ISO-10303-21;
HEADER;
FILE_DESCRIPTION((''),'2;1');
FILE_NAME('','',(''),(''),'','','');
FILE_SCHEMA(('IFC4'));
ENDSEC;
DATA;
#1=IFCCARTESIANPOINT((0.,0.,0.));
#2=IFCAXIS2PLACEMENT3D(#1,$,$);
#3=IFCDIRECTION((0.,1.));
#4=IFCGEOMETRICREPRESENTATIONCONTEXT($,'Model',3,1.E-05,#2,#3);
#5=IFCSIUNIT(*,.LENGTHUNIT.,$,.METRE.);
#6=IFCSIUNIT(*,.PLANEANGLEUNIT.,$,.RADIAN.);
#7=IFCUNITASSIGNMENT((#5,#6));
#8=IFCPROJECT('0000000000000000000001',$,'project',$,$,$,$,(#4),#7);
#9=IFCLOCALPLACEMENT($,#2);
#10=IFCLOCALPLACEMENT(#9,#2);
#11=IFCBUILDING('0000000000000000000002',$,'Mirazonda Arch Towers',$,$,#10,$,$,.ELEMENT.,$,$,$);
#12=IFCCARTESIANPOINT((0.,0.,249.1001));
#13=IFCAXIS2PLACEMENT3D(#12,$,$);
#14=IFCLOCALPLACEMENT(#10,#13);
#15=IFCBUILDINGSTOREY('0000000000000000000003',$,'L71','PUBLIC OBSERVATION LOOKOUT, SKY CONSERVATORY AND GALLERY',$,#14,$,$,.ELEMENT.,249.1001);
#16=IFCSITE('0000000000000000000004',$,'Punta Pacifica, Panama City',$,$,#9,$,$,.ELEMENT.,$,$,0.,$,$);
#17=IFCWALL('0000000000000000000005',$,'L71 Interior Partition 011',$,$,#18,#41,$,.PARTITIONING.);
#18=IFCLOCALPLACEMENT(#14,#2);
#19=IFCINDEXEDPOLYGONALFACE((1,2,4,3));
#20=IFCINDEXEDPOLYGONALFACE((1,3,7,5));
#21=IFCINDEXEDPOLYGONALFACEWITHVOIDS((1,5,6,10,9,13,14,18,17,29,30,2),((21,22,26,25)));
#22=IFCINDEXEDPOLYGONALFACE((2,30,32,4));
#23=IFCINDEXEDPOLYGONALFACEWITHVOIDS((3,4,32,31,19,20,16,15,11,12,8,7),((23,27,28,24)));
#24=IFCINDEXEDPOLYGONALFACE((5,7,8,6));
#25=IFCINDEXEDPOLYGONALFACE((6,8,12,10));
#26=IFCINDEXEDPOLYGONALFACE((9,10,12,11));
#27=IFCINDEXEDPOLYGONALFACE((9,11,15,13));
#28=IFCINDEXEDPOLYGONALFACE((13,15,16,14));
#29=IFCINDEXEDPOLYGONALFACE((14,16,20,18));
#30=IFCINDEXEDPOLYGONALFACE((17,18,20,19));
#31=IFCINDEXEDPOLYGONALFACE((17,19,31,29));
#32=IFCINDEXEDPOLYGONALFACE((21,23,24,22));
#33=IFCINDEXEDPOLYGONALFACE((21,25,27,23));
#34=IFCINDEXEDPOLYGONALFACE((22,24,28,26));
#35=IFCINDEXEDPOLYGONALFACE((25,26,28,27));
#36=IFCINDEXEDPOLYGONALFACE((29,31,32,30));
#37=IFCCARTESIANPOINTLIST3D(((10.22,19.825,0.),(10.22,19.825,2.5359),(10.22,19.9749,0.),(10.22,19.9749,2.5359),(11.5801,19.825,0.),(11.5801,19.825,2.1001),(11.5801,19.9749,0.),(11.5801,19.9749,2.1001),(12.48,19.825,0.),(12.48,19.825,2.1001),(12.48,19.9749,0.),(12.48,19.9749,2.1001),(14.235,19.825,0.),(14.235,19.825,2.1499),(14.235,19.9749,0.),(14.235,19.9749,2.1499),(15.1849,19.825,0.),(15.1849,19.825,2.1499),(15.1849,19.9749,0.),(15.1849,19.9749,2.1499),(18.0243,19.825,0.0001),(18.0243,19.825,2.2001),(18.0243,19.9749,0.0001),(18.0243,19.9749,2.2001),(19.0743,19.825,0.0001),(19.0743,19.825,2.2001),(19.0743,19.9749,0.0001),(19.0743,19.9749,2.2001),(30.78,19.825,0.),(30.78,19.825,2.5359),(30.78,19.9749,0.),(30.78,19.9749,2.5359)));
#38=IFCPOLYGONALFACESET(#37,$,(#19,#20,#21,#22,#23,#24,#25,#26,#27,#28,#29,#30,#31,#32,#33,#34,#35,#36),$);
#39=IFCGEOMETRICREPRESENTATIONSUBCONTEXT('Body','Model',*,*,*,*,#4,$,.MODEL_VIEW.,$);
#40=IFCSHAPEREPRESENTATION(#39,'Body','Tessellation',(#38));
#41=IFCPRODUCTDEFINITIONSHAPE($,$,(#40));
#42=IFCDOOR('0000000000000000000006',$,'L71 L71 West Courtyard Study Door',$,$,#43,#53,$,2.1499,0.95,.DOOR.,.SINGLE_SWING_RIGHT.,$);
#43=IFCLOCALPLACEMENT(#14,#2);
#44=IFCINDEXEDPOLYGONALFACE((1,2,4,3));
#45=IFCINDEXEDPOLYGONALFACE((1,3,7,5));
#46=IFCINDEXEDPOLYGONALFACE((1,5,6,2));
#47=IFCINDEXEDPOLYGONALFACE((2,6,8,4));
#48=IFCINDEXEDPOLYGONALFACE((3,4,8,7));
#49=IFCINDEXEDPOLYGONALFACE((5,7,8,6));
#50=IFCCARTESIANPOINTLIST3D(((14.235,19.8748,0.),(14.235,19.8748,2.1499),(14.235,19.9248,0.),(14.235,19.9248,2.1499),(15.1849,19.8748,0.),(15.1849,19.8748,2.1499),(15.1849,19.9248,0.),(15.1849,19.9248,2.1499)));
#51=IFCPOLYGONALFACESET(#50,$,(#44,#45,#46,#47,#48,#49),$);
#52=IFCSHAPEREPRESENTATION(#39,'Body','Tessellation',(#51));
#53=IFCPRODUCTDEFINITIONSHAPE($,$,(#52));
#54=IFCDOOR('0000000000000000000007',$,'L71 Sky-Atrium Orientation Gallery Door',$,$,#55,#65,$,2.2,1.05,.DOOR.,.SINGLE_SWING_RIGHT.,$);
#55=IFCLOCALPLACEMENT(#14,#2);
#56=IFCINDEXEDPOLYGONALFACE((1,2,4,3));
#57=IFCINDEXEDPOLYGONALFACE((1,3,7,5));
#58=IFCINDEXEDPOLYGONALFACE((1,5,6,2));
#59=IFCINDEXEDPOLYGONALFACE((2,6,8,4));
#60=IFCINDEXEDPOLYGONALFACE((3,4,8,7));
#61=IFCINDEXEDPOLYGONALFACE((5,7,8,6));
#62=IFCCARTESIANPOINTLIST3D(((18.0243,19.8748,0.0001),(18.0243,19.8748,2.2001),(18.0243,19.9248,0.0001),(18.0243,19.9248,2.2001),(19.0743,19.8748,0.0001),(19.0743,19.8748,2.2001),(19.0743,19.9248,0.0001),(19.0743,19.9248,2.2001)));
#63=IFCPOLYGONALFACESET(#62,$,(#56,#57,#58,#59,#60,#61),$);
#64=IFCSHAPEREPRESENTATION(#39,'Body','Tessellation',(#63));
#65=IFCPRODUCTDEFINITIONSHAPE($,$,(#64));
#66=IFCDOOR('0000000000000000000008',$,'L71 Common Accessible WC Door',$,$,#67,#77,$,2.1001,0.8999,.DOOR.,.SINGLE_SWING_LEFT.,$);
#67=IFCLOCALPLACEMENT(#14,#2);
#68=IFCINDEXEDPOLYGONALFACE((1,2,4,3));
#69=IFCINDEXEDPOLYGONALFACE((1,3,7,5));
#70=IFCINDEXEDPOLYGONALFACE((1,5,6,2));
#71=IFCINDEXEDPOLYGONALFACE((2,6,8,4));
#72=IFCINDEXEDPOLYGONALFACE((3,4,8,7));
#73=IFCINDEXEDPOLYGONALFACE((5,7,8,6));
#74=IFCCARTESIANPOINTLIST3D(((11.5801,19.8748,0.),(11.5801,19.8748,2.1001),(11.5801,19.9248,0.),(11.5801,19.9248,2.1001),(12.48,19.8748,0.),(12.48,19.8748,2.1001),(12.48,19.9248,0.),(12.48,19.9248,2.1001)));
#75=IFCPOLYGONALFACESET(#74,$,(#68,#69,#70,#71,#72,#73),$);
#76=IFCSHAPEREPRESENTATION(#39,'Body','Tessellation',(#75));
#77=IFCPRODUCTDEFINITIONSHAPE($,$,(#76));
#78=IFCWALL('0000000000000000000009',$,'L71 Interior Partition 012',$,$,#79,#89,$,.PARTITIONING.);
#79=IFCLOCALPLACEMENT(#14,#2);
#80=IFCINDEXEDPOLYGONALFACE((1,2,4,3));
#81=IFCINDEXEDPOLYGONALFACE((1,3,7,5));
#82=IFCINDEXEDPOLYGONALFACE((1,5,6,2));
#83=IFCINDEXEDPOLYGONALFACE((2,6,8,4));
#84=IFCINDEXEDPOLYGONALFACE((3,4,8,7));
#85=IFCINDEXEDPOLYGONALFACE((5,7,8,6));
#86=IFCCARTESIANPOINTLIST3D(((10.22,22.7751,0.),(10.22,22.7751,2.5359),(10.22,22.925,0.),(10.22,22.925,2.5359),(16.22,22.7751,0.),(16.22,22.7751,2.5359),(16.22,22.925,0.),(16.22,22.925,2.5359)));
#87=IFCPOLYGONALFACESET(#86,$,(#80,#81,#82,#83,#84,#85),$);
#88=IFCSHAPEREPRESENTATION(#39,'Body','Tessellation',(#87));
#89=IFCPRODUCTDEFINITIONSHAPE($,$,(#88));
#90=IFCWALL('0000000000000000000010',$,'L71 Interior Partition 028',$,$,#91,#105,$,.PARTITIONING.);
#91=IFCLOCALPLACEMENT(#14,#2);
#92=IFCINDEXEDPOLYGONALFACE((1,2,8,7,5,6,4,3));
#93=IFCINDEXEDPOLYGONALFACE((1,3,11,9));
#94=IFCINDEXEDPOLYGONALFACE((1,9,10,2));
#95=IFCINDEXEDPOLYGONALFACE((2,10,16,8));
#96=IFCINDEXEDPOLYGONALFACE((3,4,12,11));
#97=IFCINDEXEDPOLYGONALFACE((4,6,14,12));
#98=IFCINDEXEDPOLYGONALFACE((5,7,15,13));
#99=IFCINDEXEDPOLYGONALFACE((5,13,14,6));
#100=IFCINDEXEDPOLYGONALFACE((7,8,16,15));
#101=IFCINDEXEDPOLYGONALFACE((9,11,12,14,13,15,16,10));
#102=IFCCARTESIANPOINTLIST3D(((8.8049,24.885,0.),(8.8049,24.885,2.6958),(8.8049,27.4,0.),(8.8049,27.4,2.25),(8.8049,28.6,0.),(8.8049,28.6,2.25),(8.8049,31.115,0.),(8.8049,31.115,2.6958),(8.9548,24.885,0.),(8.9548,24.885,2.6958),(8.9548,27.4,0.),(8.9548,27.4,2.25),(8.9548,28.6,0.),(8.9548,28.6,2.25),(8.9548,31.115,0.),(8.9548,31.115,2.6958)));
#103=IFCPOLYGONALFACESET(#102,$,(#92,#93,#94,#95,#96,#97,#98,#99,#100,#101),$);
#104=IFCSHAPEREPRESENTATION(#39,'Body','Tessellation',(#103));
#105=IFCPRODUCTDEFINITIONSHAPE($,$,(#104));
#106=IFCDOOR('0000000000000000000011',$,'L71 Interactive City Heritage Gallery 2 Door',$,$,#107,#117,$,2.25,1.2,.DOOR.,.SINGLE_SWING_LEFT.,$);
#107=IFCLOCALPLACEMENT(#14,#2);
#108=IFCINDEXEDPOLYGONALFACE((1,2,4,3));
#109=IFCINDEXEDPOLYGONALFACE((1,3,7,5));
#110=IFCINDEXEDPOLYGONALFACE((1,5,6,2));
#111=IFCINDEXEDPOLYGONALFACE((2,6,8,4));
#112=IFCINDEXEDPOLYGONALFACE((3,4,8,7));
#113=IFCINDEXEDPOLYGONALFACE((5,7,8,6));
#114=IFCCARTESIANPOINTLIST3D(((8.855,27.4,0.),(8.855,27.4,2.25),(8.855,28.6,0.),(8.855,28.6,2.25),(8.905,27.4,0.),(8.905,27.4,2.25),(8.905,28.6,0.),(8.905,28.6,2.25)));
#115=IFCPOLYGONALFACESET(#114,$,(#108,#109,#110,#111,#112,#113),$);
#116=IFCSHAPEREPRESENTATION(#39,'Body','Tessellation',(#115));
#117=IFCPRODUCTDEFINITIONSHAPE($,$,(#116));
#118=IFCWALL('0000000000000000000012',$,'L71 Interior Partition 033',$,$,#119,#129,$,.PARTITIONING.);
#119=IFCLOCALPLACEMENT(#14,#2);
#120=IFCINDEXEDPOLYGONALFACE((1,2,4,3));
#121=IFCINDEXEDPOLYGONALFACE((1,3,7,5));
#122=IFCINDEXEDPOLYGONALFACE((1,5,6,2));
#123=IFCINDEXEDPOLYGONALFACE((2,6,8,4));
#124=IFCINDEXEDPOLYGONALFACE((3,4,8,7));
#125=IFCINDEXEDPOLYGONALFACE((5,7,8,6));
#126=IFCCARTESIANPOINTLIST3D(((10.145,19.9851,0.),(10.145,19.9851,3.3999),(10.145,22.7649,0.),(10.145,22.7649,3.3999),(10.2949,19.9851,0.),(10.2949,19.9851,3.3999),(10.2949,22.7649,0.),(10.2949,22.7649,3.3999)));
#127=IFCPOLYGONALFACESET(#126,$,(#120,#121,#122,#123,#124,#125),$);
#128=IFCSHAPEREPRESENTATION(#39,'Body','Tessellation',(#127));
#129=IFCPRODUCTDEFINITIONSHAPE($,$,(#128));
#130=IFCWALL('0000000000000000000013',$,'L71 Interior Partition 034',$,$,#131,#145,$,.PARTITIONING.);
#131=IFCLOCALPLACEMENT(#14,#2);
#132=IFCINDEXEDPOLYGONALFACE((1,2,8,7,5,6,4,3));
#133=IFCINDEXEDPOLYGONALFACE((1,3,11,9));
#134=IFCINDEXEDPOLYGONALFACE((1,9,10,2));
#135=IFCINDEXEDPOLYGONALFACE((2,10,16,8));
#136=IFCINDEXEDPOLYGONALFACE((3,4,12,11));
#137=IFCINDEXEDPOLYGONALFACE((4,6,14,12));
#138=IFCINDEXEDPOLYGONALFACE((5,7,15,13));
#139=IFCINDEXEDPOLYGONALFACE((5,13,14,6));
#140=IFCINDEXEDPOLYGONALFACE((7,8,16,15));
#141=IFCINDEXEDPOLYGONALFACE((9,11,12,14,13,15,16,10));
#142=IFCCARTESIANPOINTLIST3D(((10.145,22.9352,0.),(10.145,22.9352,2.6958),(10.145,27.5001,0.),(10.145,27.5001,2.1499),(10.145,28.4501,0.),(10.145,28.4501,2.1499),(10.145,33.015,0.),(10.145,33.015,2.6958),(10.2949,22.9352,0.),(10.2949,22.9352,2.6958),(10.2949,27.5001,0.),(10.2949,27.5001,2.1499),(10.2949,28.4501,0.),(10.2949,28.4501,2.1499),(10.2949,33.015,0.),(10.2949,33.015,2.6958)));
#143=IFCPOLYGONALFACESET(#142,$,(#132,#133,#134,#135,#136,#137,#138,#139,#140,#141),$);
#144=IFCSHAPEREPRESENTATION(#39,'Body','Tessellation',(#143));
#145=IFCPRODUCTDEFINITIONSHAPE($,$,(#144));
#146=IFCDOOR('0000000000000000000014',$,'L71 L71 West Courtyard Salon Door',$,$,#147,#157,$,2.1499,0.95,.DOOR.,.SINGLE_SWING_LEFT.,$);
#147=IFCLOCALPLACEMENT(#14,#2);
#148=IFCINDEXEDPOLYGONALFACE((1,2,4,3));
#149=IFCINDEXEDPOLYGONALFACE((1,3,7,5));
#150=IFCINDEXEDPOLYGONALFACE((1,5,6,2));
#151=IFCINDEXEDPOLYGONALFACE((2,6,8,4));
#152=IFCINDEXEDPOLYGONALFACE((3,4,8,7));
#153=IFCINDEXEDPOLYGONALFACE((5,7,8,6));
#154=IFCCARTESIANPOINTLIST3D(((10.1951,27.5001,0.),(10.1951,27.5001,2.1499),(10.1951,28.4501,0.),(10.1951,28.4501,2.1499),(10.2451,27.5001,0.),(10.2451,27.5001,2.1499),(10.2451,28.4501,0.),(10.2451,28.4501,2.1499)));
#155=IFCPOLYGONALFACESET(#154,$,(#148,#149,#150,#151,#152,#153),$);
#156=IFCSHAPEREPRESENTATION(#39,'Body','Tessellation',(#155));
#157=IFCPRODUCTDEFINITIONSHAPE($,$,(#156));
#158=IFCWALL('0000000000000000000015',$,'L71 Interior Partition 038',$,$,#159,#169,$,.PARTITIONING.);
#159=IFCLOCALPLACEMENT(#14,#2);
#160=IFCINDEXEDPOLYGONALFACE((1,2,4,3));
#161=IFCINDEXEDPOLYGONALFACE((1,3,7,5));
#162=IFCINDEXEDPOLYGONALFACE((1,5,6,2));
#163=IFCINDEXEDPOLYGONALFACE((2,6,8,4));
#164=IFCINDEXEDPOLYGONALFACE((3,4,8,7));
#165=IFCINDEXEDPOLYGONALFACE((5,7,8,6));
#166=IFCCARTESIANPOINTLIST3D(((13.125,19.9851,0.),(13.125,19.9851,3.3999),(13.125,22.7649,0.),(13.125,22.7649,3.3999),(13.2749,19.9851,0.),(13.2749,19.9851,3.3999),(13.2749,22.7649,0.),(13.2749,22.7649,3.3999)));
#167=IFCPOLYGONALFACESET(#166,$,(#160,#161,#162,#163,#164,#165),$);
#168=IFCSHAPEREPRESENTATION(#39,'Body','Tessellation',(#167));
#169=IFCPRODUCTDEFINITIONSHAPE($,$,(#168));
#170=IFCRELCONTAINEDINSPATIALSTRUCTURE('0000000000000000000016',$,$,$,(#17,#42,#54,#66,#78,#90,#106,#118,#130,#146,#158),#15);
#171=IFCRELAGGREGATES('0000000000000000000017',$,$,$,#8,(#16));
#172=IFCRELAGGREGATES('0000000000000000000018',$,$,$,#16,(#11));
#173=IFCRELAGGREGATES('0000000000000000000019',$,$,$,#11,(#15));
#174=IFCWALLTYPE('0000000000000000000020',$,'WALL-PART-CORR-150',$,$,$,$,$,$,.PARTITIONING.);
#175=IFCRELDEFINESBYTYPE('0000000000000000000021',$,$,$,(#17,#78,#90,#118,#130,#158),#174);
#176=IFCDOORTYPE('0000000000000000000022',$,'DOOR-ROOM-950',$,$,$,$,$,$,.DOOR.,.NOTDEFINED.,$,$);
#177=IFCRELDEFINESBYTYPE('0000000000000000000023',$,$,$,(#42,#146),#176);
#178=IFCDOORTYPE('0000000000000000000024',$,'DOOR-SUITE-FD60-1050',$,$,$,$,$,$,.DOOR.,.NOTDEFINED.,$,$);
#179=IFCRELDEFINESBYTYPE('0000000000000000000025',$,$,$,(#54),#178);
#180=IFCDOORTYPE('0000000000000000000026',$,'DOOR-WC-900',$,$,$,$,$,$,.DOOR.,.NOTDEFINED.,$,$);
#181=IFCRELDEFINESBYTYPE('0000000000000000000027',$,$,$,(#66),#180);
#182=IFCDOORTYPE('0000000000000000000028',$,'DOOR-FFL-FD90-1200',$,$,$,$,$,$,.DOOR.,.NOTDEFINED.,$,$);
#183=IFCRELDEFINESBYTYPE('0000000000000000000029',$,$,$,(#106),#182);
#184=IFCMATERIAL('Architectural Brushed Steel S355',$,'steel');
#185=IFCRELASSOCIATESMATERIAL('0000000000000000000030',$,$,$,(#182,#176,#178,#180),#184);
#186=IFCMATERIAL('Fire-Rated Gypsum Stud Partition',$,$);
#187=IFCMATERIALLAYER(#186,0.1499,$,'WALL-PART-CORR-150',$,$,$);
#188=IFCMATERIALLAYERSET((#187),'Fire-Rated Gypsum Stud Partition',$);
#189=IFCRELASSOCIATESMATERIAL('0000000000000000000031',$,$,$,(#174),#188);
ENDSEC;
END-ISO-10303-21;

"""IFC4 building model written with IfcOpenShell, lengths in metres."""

from ifc_helpers import new_model, si_unit, direction, frame, frame_2d, origin, place, context, subcontext, project, spatial, rectangle, extrude, material, layer, layer_set, type_object, element, fill, save


model = new_model("IFC4")

# Units and contexts
model_context = context("Model", 3, precision=1e-05, world=origin(), true_north=direction((0.0, 1.0)))
body_context = subcontext(model_context, "Body", "Model", "MODEL_VIEW")
ifc_project = project(units=[si_unit("LENGTHUNIT", "METRE"), si_unit("PLANEANGLEUNIT", "RADIAN")], contexts=[model_context])

# Site, building, storey
site_placement = place(None, origin())
site = spatial("IfcSite", under=ifc_project, at=site_placement, Name="Punta Pacifica, Panama City", CompositionType="ELEMENT", RefElevation=0.0)
building_placement = place(site_placement, origin())
building = spatial("IfcBuilding", under=site, at=building_placement, Name="Mirazonda Arch Towers", CompositionType="ELEMENT")
storey_placement = place(building_placement, frame((0.0, 0.0, 249.1001)))
storey = spatial("IfcBuildingStorey", under=building, at=storey_placement, Name="L71", Description="PUBLIC OBSERVATION LOOKOUT, SKY CONSERVATORY AND GALLERY", CompositionType="ELEMENT", Elevation=249.1001)

# Shared definitions
ifc_material_1 = material(Name="Architectural Brushed Steel S355", Category="steel")
door_type_1 = type_object("IfcDoorType", Name="DOOR-FFL-FD90-1200", OperationType="NOTDEFINED", PredefinedType="DOOR", material=ifc_material_1)
door_type_2 = type_object("IfcDoorType", Name="DOOR-ROOM-950", OperationType="NOTDEFINED", PredefinedType="DOOR", material=ifc_material_1)

# Shared definitions
ifc_material_2 = material(Name="Fire-Rated Gypsum Stud Partition")
ifc_layer_1 = layer(ifc_material_2, 0.1499, Name="WALL-PART-CORR-150")
ifc_layer_set_1 = layer_set([ifc_layer_1], Name="Fire-Rated Gypsum Stud Partition")
wall_type_1 = type_object("IfcWallType", Name="WALL-PART-CORR-150", PredefinedType="PARTITIONING", material=ifc_layer_set_1)

# Wall, openings, doors
wall_1_placement = place(storey_placement, frame((10.22, 19.8999, 0.0), z_axis=(0.0, 0.0, 1.0), x_axis=(1.0, 0.0, 0.0)))
wall_1 = element("IfcWall", 1, at=wall_1_placement, inside=storey, type_object=wall_type_1, Name="L71 Interior Partition 011", PredefinedType="PARTITIONING", context=body_context, shape_type="SweptSolid", body=[
    extrude(rectangle(XDim=20.5601, YDim=0.1499, at=frame_2d((10.28, 0.0))), origin(), (0.0, 0.0, 1.0), 2.5359),
])
opening_1_placement = place(wall_1_placement, frame((1.3601, 0.0, 0.0)))
opening_1 = element("IfcOpeningElement", 2, at=opening_1_placement, cuts=wall_1, PredefinedType="OPENING", context=body_context, shape_type="SweptSolid", body=[
    extrude(rectangle(XDim=0.8999, YDim=2.1001, at=frame_2d((0.45, 1.05))), frame((0.0, 0.085, 0.0), z_axis=(0.0, -1.0, 0.0), x_axis=(1.0, 0.0, 0.0)), (0.0, 0.0, 1.0), 0.1699),
])
opening_2_placement = place(wall_1_placement, frame((4.0149, 0.0, 0.0)))
opening_2 = element("IfcOpeningElement", 3, at=opening_2_placement, cuts=wall_1, PredefinedType="OPENING", context=body_context, shape_type="SweptSolid", body=[
    extrude(rectangle(XDim=0.95, YDim=2.1499, at=frame_2d((0.4751, 1.075))), frame((0.0, 0.085, 0.0), z_axis=(0.0, -1.0, 0.0), x_axis=(1.0, 0.0, 0.0)), (0.0, 0.0, 1.0), 0.1699),
])
opening_3_placement = place(wall_1_placement, frame((7.8044, 0.0, 0.0)))
opening_3 = element("IfcOpeningElement", 4, at=opening_3_placement, cuts=wall_1, PredefinedType="OPENING", context=body_context, shape_type="SweptSolid", body=[
    extrude(rectangle(XDim=1.05, YDim=2.2, at=frame_2d((0.5249, 1.1001))), frame((0.0, 0.085, 0.0), z_axis=(0.0, -1.0, 0.0), x_axis=(1.0, 0.0, 0.0)), (0.0, 0.0, 1.0), 0.1699),
])
door_1_placement = place(opening_2_placement, origin())
door_1 = element("IfcDoor", 5, at=door_1_placement, inside=storey, type_object=door_type_2, Name="L71 L71 West Courtyard Study Door", OperationType="SINGLE_SWING_RIGHT", OverallHeight=2.1499, OverallWidth=0.95, PredefinedType="DOOR", context=body_context, shape_type="SweptSolid", body=[
    extrude(rectangle(XDim=0.95, YDim=2.1499, at=frame_2d((0.4751, 1.075))), frame((0.0, 0.0249, 0.0), z_axis=(0.0, -1.0, 0.0), x_axis=(1.0, 0.0, 0.0)), (0.0, 0.0, 1.0), 0.05),
])
fill(opening_2, door_1)
door_type_3 = type_object("IfcDoorType", Name="DOOR-SUITE-FD60-1050", OperationType="NOTDEFINED", PredefinedType="DOOR", material=ifc_material_1)
door_2_placement = place(opening_3_placement, origin())
door_2 = element("IfcDoor", 6, at=door_2_placement, inside=storey, type_object=door_type_3, Name="L71 Sky-Atrium Orientation Gallery Door", OperationType="SINGLE_SWING_RIGHT", OverallHeight=2.2, OverallWidth=1.05, PredefinedType="DOOR", context=body_context, shape_type="SweptSolid", body=[
    extrude(rectangle(XDim=1.05, YDim=2.2, at=frame_2d((0.5249, 1.1001))), frame((0.0, 0.0249, 0.0), z_axis=(0.0, -1.0, 0.0), x_axis=(1.0, 0.0, 0.0)), (0.0, 0.0, 1.0), 0.05),
])
fill(opening_3, door_2)
door_type_4 = type_object("IfcDoorType", Name="DOOR-WC-900", OperationType="NOTDEFINED", PredefinedType="DOOR", material=ifc_material_1)
door_3_placement = place(opening_1_placement, origin())
door_3 = element("IfcDoor", 7, at=door_3_placement, inside=storey, type_object=door_type_4, Name="L71 Common Accessible WC Door", OperationType="SINGLE_SWING_LEFT", OverallHeight=2.1001, OverallWidth=0.8999, PredefinedType="DOOR", context=body_context, shape_type="SweptSolid", body=[
    extrude(rectangle(XDim=0.8999, YDim=2.1001, at=frame_2d((0.45, 1.05))), frame((0.0, 0.0249, 0.0), z_axis=(0.0, -1.0, 0.0), x_axis=(1.0, 0.0, 0.0)), (0.0, 0.0, 1.0), 0.05),
])
fill(opening_1, door_3)

# Wall
wall_2_placement = place(storey_placement, frame((10.22, 22.8501, 0.0), z_axis=(0.0, 0.0, 1.0), x_axis=(1.0, 0.0, 0.0)))
element("IfcWall", 8, at=wall_2_placement, inside=storey, type_object=wall_type_1, Name="L71 Interior Partition 012", PredefinedType="PARTITIONING", context=body_context, shape_type="SweptSolid", body=[
    extrude(rectangle(XDim=6.0, YDim=0.1499, at=frame_2d((3.0, 0.0))), origin(), (0.0, 0.0, 1.0), 2.5359),
])

# Wall, opening, door
wall_3_placement = place(storey_placement, frame((8.8799, 24.885, 0.0), z_axis=(0.0, 0.0, 1.0), x_axis=(0.0, 1.0, 0.0)))
wall_3 = element("IfcWall", 9, at=wall_3_placement, inside=storey, type_object=wall_type_1, Name="L71 Interior Partition 028", PredefinedType="PARTITIONING", context=body_context, shape_type="SweptSolid", body=[
    extrude(rectangle(XDim=6.23, YDim=0.1499, at=frame_2d((3.115, 0.0))), origin(), (0.0, 0.0, 1.0), 2.6958),
])
opening_4_placement = place(wall_3_placement, frame((2.5149, 0.0, 0.0)))
opening_4 = element("IfcOpeningElement", 10, at=opening_4_placement, cuts=wall_3, PredefinedType="OPENING", context=body_context, shape_type="SweptSolid", body=[
    extrude(rectangle(XDim=1.2, YDim=2.25, at=frame_2d((0.6001, 1.125))), frame((0.0, 0.085, 0.0), z_axis=(0.0, -1.0, 0.0), x_axis=(1.0, 0.0, 0.0)), (0.0, 0.0, 1.0), 0.1699),
])
door_4_placement = place(opening_4_placement, origin())
door_4 = element("IfcDoor", 11, at=door_4_placement, inside=storey, type_object=door_type_1, Name="L71 Interactive City Heritage Gallery 2 Door", OperationType="SINGLE_SWING_LEFT", OverallHeight=2.25, OverallWidth=1.2, PredefinedType="DOOR", context=body_context, shape_type="SweptSolid", body=[
    extrude(rectangle(XDim=1.2, YDim=2.25, at=frame_2d((0.6001, 1.125))), frame((0.0, 0.0249, 0.0), z_axis=(0.0, -1.0, 0.0), x_axis=(1.0, 0.0, 0.0)), (0.0, 0.0, 1.0), 0.05),
])
fill(opening_4, door_4)

# Wall
wall_4_placement = place(storey_placement, frame((10.22, 19.9851, 0.0), z_axis=(0.0, 0.0, 1.0), x_axis=(0.0, 1.0, 0.0)))
element("IfcWall", 12, at=wall_4_placement, inside=storey, type_object=wall_type_1, Name="L71 Interior Partition 033", PredefinedType="PARTITIONING", context=body_context, shape_type="SweptSolid", body=[
    extrude(rectangle(XDim=2.7798, YDim=0.1499, at=frame_2d((1.3899, 0.0))), origin(), (0.0, 0.0, 1.0), 3.3999),
])

# Wall, opening, door
wall_5_placement = place(storey_placement, frame((10.22, 22.9351, 0.0), z_axis=(0.0, 0.0, 1.0), x_axis=(0.0, 1.0, 0.0)))
wall_5 = element("IfcWall", 13, at=wall_5_placement, inside=storey, type_object=wall_type_1, Name="L71 Interior Partition 034", PredefinedType="PARTITIONING", context=body_context, shape_type="SweptSolid", body=[
    extrude(rectangle(XDim=10.0798, YDim=0.1499, at=frame_2d((5.04, 0.0))), origin(), (0.0, 0.0, 1.0), 2.6958),
])
opening_5_placement = place(wall_5_placement, frame((4.5649, 0.0, 0.0)))
opening_5 = element("IfcOpeningElement", 14, at=opening_5_placement, cuts=wall_5, PredefinedType="OPENING", context=body_context, shape_type="SweptSolid", body=[
    extrude(rectangle(XDim=0.95, YDim=2.1499, at=frame_2d((0.4751, 1.075))), frame((0.0, 0.085, 0.0), z_axis=(0.0, -1.0, 0.0), x_axis=(1.0, 0.0, 0.0)), (0.0, 0.0, 1.0), 0.1699),
])
door_5_placement = place(opening_5_placement, origin())
door_5 = element("IfcDoor", 15, at=door_5_placement, inside=storey, type_object=door_type_2, Name="L71 L71 West Courtyard Salon Door", OperationType="SINGLE_SWING_LEFT", OverallHeight=2.1499, OverallWidth=0.95, PredefinedType="DOOR", context=body_context, shape_type="SweptSolid", body=[
    extrude(rectangle(XDim=0.95, YDim=2.1499, at=frame_2d((0.4751, 1.075))), frame((0.0, 0.0249, 0.0), z_axis=(0.0, -1.0, 0.0), x_axis=(1.0, 0.0, 0.0)), (0.0, 0.0, 1.0), 0.05),
])
fill(opening_5, door_5)

# Wall
for number, where, z_axis, x_axis, name in (
    (16, (13.2, 19.9851, 0.0), (0.0, 0.0, 1.0), (0.0, 1.0, 0.0), "L71 Interior Partition 038"),
):
    element("IfcWall", number, at=place(storey_placement, frame(where, z_axis=z_axis, x_axis=x_axis)), inside=storey, type_object=wall_type_1, Name=name, PredefinedType="PARTITIONING", context=body_context, shape_type="SweptSolid", body=[
        extrude(rectangle(XDim=2.7798, YDim=0.1499, at=frame_2d((1.3899, 0.0))), origin(), (0.0, 0.0, 1.0), 3.3999),
    ])

save(model, "model.ifc")
